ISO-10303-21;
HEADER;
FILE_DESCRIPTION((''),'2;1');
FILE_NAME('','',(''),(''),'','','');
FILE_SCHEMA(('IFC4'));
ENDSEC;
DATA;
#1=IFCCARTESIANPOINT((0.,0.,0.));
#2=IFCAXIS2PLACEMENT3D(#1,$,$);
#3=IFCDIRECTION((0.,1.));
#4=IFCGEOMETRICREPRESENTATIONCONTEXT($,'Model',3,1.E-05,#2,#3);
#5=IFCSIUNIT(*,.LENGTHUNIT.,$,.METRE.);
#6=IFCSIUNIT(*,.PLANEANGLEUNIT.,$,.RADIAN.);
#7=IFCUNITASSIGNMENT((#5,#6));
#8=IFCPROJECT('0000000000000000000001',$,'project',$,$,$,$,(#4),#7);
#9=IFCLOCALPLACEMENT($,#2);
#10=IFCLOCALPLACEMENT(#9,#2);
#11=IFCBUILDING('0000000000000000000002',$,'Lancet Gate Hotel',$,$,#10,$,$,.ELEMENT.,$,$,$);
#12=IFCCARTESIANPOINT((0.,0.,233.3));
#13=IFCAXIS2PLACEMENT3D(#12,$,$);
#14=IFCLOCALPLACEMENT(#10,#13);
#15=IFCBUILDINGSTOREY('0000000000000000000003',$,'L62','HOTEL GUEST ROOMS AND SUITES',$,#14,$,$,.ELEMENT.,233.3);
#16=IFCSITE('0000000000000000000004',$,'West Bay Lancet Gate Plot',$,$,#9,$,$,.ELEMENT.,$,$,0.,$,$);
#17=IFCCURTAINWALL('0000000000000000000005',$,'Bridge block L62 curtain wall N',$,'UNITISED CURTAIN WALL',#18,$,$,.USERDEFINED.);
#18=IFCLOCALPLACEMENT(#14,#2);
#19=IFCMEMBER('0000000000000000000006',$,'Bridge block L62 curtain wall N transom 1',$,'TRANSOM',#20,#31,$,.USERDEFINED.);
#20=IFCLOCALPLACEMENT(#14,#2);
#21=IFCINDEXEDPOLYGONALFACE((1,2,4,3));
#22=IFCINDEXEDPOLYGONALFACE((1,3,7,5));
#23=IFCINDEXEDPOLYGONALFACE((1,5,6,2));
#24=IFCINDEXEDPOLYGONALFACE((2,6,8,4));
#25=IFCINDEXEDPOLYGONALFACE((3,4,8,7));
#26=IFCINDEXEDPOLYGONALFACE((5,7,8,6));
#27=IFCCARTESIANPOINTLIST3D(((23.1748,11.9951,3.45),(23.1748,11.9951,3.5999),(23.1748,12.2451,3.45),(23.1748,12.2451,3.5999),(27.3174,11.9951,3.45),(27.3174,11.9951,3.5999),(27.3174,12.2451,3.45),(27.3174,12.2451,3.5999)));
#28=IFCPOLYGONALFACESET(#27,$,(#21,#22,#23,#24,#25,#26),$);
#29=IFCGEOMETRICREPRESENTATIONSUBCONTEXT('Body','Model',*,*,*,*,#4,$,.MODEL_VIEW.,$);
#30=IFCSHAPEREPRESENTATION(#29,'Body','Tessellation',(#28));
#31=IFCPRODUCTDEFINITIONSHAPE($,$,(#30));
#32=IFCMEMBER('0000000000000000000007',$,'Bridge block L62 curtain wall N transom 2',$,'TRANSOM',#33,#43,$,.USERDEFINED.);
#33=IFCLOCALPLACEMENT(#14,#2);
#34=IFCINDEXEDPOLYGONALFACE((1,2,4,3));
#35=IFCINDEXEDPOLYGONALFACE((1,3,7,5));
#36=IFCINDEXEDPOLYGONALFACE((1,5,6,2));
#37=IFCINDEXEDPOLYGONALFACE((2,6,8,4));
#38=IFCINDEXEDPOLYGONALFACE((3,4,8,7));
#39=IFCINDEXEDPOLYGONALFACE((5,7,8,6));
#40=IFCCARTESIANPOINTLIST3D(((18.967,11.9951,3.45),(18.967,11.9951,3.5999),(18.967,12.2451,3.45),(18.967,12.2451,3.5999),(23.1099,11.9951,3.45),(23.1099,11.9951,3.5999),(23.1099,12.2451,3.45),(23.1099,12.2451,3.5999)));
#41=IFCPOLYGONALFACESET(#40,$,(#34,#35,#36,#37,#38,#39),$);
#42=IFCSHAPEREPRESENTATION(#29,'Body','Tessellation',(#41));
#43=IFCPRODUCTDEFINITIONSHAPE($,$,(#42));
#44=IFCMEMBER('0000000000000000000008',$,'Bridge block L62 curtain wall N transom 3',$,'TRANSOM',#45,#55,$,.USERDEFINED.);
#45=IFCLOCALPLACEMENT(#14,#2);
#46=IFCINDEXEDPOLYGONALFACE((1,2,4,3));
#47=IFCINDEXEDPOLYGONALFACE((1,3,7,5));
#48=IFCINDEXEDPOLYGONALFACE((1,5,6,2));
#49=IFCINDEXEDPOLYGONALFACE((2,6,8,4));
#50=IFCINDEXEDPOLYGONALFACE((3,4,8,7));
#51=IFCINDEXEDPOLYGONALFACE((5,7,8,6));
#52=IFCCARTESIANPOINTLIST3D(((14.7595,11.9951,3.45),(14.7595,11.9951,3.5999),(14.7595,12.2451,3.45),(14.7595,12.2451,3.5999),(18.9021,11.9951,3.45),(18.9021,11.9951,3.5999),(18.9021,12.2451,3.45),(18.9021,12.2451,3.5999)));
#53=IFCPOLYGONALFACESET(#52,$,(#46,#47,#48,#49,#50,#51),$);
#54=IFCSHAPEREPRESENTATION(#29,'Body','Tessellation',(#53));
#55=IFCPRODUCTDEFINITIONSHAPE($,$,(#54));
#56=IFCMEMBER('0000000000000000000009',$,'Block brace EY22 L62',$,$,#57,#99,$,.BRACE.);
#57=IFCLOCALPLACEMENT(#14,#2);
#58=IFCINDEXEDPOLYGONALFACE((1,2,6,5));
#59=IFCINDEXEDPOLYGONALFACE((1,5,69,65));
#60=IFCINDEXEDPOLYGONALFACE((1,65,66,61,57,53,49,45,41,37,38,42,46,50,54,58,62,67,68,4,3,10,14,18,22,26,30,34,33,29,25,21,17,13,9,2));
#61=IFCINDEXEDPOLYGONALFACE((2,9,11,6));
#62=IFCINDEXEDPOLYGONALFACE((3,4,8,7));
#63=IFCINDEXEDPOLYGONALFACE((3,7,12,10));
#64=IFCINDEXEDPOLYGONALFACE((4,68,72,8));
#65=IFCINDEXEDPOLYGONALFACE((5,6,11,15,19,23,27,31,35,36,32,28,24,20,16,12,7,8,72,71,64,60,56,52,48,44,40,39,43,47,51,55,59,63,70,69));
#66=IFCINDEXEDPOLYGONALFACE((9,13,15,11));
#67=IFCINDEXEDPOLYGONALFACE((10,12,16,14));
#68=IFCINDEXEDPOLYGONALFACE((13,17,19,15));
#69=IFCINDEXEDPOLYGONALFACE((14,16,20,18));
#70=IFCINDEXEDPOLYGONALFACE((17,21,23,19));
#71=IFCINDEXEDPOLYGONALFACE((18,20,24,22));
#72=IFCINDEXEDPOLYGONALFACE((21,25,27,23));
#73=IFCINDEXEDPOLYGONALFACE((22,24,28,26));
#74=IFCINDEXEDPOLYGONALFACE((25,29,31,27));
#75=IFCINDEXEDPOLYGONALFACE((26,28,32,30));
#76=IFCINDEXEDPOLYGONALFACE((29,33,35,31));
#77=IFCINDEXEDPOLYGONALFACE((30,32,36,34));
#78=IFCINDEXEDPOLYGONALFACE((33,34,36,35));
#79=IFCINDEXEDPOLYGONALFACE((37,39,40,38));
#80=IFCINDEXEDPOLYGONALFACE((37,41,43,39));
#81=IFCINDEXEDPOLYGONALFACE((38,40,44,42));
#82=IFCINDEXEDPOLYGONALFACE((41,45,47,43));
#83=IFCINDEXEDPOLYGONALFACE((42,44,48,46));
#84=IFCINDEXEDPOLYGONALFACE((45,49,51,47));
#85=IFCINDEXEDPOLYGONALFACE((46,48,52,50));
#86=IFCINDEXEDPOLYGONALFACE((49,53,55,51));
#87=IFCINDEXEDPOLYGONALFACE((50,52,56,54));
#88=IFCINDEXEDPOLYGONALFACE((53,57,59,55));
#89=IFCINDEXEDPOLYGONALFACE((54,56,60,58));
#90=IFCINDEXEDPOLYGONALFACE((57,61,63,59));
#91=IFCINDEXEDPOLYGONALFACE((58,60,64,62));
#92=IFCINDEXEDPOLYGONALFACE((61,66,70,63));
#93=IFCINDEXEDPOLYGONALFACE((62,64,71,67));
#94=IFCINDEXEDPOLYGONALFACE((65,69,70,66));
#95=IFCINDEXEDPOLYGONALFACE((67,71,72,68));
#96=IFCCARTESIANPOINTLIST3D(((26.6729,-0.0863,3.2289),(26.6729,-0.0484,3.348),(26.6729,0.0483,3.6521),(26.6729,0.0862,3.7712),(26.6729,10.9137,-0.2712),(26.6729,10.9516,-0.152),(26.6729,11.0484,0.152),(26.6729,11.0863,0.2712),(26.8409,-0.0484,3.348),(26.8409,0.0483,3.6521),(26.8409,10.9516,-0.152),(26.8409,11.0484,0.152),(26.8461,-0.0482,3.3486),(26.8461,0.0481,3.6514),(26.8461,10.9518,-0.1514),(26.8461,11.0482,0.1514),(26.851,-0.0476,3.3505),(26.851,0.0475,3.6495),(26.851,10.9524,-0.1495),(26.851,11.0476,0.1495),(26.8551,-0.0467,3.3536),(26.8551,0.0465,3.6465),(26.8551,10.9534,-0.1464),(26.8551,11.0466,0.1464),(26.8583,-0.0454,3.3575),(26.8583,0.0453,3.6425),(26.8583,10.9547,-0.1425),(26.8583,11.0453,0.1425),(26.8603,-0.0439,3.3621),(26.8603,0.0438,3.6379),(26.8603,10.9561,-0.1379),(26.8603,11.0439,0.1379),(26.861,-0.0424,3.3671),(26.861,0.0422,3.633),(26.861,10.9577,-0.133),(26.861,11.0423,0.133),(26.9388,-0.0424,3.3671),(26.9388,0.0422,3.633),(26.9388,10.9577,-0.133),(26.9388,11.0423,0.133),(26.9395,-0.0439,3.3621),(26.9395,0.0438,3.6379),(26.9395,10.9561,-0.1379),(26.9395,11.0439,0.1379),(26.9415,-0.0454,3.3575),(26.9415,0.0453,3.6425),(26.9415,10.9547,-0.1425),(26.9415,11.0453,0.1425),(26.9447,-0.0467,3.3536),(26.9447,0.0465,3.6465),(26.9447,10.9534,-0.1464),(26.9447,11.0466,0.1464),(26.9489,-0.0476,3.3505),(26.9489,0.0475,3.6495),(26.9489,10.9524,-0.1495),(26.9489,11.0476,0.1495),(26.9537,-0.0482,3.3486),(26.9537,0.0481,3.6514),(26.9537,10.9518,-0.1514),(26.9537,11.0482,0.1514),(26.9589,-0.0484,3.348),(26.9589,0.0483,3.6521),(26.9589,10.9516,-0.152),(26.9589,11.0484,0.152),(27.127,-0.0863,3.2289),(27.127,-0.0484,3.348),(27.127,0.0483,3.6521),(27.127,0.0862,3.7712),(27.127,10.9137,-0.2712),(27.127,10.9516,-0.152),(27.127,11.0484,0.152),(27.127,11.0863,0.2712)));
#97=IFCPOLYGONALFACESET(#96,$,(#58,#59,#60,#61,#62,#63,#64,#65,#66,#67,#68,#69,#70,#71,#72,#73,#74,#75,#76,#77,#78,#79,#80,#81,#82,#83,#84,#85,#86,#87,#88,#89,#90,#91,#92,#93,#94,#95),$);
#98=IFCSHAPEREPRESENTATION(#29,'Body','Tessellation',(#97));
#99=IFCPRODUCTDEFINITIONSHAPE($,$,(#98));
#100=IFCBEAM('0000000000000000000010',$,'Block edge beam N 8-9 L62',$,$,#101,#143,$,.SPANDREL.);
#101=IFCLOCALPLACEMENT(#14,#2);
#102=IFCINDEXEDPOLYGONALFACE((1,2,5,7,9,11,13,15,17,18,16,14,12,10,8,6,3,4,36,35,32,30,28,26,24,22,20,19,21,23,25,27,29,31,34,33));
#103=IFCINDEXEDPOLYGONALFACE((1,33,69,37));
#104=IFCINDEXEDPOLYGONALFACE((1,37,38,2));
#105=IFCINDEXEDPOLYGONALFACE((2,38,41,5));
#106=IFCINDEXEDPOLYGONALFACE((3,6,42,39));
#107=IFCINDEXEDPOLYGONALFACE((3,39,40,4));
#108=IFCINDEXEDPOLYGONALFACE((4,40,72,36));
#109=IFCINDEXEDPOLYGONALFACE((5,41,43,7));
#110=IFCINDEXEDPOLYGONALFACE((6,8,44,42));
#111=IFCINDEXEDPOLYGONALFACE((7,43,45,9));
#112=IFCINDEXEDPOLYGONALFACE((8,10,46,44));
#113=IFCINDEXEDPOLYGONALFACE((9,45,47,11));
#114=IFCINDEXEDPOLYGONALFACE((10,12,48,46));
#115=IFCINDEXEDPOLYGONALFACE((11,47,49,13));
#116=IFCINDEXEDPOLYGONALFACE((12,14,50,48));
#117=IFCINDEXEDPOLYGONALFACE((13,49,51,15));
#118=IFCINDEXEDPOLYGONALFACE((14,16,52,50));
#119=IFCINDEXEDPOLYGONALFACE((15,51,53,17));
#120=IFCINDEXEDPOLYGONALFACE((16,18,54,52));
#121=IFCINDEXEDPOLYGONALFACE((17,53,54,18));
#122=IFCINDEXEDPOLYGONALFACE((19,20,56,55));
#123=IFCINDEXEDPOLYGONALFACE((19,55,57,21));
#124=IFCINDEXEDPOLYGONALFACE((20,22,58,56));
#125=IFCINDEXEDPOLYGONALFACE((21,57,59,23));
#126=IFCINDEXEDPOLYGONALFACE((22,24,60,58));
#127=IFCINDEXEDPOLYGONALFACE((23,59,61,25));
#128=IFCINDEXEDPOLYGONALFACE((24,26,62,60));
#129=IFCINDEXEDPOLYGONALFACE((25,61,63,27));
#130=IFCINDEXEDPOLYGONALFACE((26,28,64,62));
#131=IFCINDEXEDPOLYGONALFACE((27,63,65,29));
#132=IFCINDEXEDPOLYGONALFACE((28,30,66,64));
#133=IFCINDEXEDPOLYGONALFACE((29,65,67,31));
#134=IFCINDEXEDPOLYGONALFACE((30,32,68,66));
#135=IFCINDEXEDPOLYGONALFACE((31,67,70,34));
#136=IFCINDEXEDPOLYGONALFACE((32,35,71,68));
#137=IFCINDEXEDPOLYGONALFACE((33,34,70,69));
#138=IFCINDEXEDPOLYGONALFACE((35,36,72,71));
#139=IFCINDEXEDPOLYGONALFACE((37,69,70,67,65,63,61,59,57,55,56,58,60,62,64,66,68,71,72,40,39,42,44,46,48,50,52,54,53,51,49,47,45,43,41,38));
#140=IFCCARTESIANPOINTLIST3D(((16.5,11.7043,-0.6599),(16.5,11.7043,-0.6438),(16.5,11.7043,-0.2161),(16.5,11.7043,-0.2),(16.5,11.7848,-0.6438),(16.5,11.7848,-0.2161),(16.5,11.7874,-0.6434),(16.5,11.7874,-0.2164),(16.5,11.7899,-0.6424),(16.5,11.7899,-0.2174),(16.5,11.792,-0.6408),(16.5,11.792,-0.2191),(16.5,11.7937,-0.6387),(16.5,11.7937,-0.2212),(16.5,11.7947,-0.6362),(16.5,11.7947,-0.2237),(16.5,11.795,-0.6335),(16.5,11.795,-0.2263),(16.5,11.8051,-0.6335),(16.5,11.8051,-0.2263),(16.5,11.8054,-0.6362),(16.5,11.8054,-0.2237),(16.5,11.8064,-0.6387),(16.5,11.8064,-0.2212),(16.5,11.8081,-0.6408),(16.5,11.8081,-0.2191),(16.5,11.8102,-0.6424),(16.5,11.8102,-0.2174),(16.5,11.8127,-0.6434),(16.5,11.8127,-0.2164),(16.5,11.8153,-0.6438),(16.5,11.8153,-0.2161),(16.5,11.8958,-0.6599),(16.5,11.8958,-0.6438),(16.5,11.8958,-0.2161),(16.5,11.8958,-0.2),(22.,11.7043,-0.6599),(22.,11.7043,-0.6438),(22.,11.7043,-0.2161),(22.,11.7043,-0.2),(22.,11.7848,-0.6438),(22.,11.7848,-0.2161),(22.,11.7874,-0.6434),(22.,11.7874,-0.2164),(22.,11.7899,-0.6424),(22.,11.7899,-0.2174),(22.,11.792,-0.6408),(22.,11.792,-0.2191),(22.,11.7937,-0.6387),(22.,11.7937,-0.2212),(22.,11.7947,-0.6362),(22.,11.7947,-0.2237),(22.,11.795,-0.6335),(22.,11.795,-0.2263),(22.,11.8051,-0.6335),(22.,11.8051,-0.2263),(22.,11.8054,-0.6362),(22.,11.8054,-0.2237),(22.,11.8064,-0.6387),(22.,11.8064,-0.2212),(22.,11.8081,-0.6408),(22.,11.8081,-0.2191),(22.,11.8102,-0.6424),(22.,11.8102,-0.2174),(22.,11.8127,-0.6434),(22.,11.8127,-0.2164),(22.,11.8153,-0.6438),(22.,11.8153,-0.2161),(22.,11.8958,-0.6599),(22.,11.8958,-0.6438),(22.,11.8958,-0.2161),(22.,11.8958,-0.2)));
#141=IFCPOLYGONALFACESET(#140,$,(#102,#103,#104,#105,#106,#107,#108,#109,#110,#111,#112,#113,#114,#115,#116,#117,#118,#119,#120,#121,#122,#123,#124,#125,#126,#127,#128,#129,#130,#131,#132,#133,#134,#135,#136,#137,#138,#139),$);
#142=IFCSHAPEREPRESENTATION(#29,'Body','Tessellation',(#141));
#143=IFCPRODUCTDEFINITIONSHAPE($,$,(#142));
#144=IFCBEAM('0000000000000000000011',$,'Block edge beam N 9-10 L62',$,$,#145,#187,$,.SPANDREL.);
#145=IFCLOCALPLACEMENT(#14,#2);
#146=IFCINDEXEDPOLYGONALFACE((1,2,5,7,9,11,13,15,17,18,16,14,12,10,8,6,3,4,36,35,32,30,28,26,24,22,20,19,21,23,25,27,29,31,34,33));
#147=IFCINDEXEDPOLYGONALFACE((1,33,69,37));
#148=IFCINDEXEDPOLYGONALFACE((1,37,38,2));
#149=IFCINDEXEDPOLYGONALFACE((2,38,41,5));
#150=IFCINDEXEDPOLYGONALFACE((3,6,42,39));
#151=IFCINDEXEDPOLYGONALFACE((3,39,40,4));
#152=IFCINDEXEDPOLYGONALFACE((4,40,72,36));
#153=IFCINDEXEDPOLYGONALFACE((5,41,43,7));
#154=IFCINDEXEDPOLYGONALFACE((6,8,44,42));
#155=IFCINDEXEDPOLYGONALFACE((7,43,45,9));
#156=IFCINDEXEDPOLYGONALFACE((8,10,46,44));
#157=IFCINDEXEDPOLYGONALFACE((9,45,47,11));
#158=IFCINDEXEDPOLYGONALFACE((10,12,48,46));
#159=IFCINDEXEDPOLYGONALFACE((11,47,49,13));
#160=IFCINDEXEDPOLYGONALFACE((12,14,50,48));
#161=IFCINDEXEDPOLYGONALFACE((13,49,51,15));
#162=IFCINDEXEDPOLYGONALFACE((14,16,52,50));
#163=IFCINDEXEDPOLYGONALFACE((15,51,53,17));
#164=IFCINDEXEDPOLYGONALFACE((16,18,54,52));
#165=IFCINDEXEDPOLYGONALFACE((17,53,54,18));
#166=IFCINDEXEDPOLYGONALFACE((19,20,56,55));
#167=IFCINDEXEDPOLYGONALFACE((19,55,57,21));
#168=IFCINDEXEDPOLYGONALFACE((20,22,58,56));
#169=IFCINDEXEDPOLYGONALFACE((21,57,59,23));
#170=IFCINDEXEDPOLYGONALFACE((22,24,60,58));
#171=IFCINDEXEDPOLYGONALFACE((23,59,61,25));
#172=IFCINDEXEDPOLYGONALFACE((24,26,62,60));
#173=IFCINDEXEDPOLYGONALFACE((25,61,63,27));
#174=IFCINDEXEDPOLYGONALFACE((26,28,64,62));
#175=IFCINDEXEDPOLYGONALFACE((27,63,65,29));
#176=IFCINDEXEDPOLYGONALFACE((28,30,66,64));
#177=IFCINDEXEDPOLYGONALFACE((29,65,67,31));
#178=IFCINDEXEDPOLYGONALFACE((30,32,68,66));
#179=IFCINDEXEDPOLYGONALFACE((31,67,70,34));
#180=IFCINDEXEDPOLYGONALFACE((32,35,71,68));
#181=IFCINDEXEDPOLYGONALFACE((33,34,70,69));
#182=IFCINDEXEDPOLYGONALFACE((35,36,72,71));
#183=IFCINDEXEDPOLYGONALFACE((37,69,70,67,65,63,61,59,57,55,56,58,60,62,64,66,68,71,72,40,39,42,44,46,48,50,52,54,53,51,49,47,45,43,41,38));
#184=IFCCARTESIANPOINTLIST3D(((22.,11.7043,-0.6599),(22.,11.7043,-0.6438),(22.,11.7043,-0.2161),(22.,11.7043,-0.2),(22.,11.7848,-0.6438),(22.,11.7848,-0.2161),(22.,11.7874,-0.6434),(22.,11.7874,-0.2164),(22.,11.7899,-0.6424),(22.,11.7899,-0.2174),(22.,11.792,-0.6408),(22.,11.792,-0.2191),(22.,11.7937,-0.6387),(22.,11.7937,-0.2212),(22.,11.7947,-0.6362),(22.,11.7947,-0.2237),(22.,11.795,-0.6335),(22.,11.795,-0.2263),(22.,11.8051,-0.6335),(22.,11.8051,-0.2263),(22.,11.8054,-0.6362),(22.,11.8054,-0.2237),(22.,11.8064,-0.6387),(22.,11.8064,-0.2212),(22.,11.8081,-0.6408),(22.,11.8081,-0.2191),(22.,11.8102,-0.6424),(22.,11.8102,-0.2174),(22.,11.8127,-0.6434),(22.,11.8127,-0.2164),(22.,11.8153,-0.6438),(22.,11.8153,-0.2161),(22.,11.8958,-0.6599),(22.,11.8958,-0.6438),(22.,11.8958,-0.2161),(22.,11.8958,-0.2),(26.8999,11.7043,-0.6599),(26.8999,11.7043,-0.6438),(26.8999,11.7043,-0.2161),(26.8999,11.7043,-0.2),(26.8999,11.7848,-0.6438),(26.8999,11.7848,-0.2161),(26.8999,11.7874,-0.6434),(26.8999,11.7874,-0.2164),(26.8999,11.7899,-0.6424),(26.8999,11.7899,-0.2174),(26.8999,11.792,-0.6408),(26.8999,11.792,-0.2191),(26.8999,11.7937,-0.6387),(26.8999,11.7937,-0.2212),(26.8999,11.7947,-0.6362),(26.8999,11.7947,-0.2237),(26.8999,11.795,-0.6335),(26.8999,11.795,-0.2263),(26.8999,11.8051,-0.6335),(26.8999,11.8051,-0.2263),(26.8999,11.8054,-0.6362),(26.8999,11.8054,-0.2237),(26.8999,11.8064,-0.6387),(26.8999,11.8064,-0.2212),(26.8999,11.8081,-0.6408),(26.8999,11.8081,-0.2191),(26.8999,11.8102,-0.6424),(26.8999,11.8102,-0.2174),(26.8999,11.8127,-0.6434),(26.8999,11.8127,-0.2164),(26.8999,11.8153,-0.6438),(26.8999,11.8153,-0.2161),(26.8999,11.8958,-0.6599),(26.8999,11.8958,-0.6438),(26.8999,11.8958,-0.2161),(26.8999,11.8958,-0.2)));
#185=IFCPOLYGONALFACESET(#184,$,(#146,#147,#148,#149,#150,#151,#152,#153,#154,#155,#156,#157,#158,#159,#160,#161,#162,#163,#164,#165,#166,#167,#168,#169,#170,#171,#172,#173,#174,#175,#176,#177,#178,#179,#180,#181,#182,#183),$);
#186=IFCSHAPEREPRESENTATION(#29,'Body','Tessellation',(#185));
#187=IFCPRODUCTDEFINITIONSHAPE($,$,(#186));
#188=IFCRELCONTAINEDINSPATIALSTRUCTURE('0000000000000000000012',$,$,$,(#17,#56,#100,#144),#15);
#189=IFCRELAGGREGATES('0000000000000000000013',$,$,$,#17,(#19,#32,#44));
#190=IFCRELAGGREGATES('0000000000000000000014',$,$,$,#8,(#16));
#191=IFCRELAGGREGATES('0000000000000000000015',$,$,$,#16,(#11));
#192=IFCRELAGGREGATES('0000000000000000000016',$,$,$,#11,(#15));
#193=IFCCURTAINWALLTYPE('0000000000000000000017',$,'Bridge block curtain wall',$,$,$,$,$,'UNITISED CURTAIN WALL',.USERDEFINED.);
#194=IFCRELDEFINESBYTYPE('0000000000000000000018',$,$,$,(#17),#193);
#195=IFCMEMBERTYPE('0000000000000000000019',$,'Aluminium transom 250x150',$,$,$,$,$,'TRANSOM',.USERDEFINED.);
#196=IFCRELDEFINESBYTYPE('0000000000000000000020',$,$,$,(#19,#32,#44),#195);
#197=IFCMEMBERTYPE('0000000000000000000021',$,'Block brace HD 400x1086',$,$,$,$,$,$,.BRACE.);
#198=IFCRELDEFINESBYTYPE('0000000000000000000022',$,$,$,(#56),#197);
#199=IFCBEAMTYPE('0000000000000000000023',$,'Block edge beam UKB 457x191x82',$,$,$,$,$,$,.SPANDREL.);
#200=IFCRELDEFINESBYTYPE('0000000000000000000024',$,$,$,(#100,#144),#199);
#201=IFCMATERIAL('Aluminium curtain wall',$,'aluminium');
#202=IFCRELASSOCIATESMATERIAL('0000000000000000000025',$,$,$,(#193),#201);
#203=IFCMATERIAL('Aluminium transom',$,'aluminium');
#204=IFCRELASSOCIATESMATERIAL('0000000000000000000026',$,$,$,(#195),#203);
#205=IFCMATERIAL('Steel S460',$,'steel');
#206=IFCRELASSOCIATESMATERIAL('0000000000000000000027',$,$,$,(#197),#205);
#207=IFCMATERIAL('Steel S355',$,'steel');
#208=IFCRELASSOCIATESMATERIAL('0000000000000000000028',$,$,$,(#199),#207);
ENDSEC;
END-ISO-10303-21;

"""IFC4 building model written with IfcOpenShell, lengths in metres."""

from ifc_helpers import new_model, si_unit, direction, frame, origin, origin_2d, place, context, subcontext, project, spatial, rectangle, i_section, extrude, material, material_profile, profile_set, type_object, element, aggregate, save


model = new_model("IFC4")

# Units and contexts
model_context = context("Model", 3, precision=1e-05, world=origin(), true_north=direction((0.0, 1.0)))
body_context = subcontext(model_context, "Body", "Model", "MODEL_VIEW")
ifc_project = project(units=[si_unit("LENGTHUNIT", "METRE"), si_unit("PLANEANGLEUNIT", "RADIAN")], contexts=[model_context])

# Site, building, storey
site_placement = place(None, origin())
site = spatial("IfcSite", under=ifc_project, at=site_placement, Name="West Bay Lancet Gate Plot", CompositionType="ELEMENT", RefElevation=0.0)
building_placement = place(site_placement, origin())
building = spatial("IfcBuilding", under=site, at=building_placement, Name="Lancet Gate Hotel", CompositionType="ELEMENT")
storey_placement = place(building_placement, frame((0.0, 0.0, 233.3)))
storey = spatial("IfcBuildingStorey", under=building, at=storey_placement, Name="L62", Description="HOTEL GUEST ROOMS AND SUITES", CompositionType="ELEMENT", Elevation=233.3)

# Curtain wall
ifc_material_1 = material(Name="Aluminium curtain wall", Category="aluminium")
curtain_wall_type_1 = type_object("IfcCurtainWallType", Name="Bridge block curtain wall", ElementType="UNITISED CURTAIN WALL", PredefinedType="USERDEFINED", material=ifc_material_1)
curtain_wall_1_placement = place(storey_placement, origin())
curtain_wall_1 = element("IfcCurtainWall", 1, at=curtain_wall_1_placement, inside=storey, type_object=curtain_wall_type_1, Name="Bridge block L62 curtain wall N", ObjectType="UNITISED CURTAIN WALL", PredefinedType="USERDEFINED")

# Members
ifc_material_2 = material(Name="Aluminium transom", Category="aluminium")
ifc_material_profile_1 = material_profile(ifc_material_2, rectangle(XDim=0.25, YDim=0.1499, at=origin_2d()), Name="TRANSOM 250x150")
ifc_profile_set_1 = profile_set([ifc_material_profile_1], Name="Aluminium transom")
member_type_1 = type_object("IfcMemberType", Name="Aluminium transom 250x150", ElementType="TRANSOM", PredefinedType="USERDEFINED", material=ifc_profile_set_1)
member_1_placement = place(storey_placement, frame((27.3174, 12.1201, 3.5249), z_axis=(-1.0, 0.0, 0.0), x_axis=(0.0, -1.0, 0.0)))
member_1 = element("IfcMember", 2, at=member_1_placement, type_object=member_type_1, Name="Bridge block L62 curtain wall N transom 1", ObjectType="TRANSOM", PredefinedType="USERDEFINED", context=body_context, shape_type="SweptSolid", body=[
    extrude(rectangle(XDim=0.25, YDim=0.1499, at=origin_2d()), origin(), (0.0, 0.0, 1.0), 4.1426),
])
member_2_placement = place(storey_placement, frame((23.1099, 12.1201, 3.5249), z_axis=(-1.0, 0.0, 0.0), x_axis=(0.0, -1.0, 0.0)))
member_2 = element("IfcMember", 3, at=member_2_placement, type_object=member_type_1, Name="Bridge block L62 curtain wall N transom 2", ObjectType="TRANSOM", PredefinedType="USERDEFINED", context=body_context, shape_type="SweptSolid", body=[
    extrude(rectangle(XDim=0.25, YDim=0.1499, at=origin_2d()), origin(), (0.0, 0.0, 1.0), 4.1428),
])
member_3_placement = place(storey_placement, frame((18.9021, 12.1201, 3.5249), z_axis=(-1.0, 0.0, 0.0), x_axis=(0.0, -1.0, 0.0)))
member_3 = element("IfcMember", 4, at=member_3_placement, type_object=member_type_1, Name="Bridge block L62 curtain wall N transom 3", ObjectType="TRANSOM", PredefinedType="USERDEFINED", context=body_context, shape_type="SweptSolid", body=[
    extrude(rectangle(XDim=0.25, YDim=0.1499, at=origin_2d()), origin(), (0.0, 0.0, 1.0), 4.1426),
])
ifc_material_3 = material(Name="Steel S460", Category="steel")
ifc_material_profile_2 = material_profile(ifc_material_3, i_section(OverallWidth=0.4541, OverallDepth=0.5691, WebThickness=0.0779, FlangeThickness=0.125, FilletRadius=0.02, at=origin_2d()), Name="HD 400x1086")
ifc_profile_set_2 = profile_set([ifc_material_profile_2], Name="Steel S460")
member_type_2 = type_object("IfcMemberType", Name="Block brace HD 400x1086", PredefinedType="BRACE", material=ifc_profile_set_2)
member_4_placement = place(storey_placement, frame((26.8999, 11.0, 0.0), z_axis=(0.0, -0.952926, 0.303204), x_axis=(1.0, 0.0, 0.0)))
element("IfcMember", 5, at=member_4_placement, inside=storey, type_object=member_type_2, Name="Block brace EY22 L62", PredefinedType="BRACE", context=body_context, shape_type="SweptSolid", body=[
    extrude(i_section(OverallWidth=0.4541, OverallDepth=0.5691, WebThickness=0.0779, FlangeThickness=0.125, FilletRadius=0.02, at=origin_2d()), origin(), (0.0, 0.0, 1.0), 11.5435),
])

# Beams
ifc_material_4 = material(Name="Steel S355", Category="steel")
ifc_material_profile_3 = material_profile(ifc_material_4, i_section(OverallWidth=0.1914, OverallDepth=0.46, WebThickness=0.01, FlangeThickness=0.0161, FilletRadius=0.0103, at=origin_2d()), Name="UKB 457x191x82")
ifc_profile_set_3 = profile_set([ifc_material_profile_3], Name="Steel S355")
beam_type_1 = type_object("IfcBeamType", Name="Block edge beam UKB 457x191x82", PredefinedType="SPANDREL", material=ifc_profile_set_3)
beam_1_placement = place(storey_placement, frame((16.5, 11.8, -0.4299), z_axis=(1.0, 0.0, 0.0), x_axis=(0.0, 1.0, 0.0)))
element("IfcBeam", 6, at=beam_1_placement, inside=storey, type_object=beam_type_1, Name="Block edge beam N 8-9 L62", PredefinedType="SPANDREL", context=body_context, shape_type="SweptSolid", body=[
    extrude(i_section(OverallWidth=0.1914, OverallDepth=0.46, WebThickness=0.01, FlangeThickness=0.0161, FilletRadius=0.0103, at=origin_2d()), origin(), (0.0, 0.0, 1.0), 5.5),
])
beam_2_placement = place(storey_placement, frame((22.0, 11.8, -0.4299), z_axis=(1.0, 0.0, 0.0), x_axis=(0.0, 1.0, 0.0)))
element("IfcBeam", 7, at=beam_2_placement, inside=storey, type_object=beam_type_1, Name="Block edge beam N 9-10 L62", PredefinedType="SPANDREL", context=body_context, shape_type="SweptSolid", body=[
    extrude(i_section(OverallWidth=0.1914, OverallDepth=0.46, WebThickness=0.01, FlangeThickness=0.0161, FilletRadius=0.0103, at=origin_2d()), origin(), (0.0, 0.0, 1.0), 4.8999),
])

aggregate(curtain_wall_1, [member_1, member_2, member_3])

save(model, "model.ifc")
